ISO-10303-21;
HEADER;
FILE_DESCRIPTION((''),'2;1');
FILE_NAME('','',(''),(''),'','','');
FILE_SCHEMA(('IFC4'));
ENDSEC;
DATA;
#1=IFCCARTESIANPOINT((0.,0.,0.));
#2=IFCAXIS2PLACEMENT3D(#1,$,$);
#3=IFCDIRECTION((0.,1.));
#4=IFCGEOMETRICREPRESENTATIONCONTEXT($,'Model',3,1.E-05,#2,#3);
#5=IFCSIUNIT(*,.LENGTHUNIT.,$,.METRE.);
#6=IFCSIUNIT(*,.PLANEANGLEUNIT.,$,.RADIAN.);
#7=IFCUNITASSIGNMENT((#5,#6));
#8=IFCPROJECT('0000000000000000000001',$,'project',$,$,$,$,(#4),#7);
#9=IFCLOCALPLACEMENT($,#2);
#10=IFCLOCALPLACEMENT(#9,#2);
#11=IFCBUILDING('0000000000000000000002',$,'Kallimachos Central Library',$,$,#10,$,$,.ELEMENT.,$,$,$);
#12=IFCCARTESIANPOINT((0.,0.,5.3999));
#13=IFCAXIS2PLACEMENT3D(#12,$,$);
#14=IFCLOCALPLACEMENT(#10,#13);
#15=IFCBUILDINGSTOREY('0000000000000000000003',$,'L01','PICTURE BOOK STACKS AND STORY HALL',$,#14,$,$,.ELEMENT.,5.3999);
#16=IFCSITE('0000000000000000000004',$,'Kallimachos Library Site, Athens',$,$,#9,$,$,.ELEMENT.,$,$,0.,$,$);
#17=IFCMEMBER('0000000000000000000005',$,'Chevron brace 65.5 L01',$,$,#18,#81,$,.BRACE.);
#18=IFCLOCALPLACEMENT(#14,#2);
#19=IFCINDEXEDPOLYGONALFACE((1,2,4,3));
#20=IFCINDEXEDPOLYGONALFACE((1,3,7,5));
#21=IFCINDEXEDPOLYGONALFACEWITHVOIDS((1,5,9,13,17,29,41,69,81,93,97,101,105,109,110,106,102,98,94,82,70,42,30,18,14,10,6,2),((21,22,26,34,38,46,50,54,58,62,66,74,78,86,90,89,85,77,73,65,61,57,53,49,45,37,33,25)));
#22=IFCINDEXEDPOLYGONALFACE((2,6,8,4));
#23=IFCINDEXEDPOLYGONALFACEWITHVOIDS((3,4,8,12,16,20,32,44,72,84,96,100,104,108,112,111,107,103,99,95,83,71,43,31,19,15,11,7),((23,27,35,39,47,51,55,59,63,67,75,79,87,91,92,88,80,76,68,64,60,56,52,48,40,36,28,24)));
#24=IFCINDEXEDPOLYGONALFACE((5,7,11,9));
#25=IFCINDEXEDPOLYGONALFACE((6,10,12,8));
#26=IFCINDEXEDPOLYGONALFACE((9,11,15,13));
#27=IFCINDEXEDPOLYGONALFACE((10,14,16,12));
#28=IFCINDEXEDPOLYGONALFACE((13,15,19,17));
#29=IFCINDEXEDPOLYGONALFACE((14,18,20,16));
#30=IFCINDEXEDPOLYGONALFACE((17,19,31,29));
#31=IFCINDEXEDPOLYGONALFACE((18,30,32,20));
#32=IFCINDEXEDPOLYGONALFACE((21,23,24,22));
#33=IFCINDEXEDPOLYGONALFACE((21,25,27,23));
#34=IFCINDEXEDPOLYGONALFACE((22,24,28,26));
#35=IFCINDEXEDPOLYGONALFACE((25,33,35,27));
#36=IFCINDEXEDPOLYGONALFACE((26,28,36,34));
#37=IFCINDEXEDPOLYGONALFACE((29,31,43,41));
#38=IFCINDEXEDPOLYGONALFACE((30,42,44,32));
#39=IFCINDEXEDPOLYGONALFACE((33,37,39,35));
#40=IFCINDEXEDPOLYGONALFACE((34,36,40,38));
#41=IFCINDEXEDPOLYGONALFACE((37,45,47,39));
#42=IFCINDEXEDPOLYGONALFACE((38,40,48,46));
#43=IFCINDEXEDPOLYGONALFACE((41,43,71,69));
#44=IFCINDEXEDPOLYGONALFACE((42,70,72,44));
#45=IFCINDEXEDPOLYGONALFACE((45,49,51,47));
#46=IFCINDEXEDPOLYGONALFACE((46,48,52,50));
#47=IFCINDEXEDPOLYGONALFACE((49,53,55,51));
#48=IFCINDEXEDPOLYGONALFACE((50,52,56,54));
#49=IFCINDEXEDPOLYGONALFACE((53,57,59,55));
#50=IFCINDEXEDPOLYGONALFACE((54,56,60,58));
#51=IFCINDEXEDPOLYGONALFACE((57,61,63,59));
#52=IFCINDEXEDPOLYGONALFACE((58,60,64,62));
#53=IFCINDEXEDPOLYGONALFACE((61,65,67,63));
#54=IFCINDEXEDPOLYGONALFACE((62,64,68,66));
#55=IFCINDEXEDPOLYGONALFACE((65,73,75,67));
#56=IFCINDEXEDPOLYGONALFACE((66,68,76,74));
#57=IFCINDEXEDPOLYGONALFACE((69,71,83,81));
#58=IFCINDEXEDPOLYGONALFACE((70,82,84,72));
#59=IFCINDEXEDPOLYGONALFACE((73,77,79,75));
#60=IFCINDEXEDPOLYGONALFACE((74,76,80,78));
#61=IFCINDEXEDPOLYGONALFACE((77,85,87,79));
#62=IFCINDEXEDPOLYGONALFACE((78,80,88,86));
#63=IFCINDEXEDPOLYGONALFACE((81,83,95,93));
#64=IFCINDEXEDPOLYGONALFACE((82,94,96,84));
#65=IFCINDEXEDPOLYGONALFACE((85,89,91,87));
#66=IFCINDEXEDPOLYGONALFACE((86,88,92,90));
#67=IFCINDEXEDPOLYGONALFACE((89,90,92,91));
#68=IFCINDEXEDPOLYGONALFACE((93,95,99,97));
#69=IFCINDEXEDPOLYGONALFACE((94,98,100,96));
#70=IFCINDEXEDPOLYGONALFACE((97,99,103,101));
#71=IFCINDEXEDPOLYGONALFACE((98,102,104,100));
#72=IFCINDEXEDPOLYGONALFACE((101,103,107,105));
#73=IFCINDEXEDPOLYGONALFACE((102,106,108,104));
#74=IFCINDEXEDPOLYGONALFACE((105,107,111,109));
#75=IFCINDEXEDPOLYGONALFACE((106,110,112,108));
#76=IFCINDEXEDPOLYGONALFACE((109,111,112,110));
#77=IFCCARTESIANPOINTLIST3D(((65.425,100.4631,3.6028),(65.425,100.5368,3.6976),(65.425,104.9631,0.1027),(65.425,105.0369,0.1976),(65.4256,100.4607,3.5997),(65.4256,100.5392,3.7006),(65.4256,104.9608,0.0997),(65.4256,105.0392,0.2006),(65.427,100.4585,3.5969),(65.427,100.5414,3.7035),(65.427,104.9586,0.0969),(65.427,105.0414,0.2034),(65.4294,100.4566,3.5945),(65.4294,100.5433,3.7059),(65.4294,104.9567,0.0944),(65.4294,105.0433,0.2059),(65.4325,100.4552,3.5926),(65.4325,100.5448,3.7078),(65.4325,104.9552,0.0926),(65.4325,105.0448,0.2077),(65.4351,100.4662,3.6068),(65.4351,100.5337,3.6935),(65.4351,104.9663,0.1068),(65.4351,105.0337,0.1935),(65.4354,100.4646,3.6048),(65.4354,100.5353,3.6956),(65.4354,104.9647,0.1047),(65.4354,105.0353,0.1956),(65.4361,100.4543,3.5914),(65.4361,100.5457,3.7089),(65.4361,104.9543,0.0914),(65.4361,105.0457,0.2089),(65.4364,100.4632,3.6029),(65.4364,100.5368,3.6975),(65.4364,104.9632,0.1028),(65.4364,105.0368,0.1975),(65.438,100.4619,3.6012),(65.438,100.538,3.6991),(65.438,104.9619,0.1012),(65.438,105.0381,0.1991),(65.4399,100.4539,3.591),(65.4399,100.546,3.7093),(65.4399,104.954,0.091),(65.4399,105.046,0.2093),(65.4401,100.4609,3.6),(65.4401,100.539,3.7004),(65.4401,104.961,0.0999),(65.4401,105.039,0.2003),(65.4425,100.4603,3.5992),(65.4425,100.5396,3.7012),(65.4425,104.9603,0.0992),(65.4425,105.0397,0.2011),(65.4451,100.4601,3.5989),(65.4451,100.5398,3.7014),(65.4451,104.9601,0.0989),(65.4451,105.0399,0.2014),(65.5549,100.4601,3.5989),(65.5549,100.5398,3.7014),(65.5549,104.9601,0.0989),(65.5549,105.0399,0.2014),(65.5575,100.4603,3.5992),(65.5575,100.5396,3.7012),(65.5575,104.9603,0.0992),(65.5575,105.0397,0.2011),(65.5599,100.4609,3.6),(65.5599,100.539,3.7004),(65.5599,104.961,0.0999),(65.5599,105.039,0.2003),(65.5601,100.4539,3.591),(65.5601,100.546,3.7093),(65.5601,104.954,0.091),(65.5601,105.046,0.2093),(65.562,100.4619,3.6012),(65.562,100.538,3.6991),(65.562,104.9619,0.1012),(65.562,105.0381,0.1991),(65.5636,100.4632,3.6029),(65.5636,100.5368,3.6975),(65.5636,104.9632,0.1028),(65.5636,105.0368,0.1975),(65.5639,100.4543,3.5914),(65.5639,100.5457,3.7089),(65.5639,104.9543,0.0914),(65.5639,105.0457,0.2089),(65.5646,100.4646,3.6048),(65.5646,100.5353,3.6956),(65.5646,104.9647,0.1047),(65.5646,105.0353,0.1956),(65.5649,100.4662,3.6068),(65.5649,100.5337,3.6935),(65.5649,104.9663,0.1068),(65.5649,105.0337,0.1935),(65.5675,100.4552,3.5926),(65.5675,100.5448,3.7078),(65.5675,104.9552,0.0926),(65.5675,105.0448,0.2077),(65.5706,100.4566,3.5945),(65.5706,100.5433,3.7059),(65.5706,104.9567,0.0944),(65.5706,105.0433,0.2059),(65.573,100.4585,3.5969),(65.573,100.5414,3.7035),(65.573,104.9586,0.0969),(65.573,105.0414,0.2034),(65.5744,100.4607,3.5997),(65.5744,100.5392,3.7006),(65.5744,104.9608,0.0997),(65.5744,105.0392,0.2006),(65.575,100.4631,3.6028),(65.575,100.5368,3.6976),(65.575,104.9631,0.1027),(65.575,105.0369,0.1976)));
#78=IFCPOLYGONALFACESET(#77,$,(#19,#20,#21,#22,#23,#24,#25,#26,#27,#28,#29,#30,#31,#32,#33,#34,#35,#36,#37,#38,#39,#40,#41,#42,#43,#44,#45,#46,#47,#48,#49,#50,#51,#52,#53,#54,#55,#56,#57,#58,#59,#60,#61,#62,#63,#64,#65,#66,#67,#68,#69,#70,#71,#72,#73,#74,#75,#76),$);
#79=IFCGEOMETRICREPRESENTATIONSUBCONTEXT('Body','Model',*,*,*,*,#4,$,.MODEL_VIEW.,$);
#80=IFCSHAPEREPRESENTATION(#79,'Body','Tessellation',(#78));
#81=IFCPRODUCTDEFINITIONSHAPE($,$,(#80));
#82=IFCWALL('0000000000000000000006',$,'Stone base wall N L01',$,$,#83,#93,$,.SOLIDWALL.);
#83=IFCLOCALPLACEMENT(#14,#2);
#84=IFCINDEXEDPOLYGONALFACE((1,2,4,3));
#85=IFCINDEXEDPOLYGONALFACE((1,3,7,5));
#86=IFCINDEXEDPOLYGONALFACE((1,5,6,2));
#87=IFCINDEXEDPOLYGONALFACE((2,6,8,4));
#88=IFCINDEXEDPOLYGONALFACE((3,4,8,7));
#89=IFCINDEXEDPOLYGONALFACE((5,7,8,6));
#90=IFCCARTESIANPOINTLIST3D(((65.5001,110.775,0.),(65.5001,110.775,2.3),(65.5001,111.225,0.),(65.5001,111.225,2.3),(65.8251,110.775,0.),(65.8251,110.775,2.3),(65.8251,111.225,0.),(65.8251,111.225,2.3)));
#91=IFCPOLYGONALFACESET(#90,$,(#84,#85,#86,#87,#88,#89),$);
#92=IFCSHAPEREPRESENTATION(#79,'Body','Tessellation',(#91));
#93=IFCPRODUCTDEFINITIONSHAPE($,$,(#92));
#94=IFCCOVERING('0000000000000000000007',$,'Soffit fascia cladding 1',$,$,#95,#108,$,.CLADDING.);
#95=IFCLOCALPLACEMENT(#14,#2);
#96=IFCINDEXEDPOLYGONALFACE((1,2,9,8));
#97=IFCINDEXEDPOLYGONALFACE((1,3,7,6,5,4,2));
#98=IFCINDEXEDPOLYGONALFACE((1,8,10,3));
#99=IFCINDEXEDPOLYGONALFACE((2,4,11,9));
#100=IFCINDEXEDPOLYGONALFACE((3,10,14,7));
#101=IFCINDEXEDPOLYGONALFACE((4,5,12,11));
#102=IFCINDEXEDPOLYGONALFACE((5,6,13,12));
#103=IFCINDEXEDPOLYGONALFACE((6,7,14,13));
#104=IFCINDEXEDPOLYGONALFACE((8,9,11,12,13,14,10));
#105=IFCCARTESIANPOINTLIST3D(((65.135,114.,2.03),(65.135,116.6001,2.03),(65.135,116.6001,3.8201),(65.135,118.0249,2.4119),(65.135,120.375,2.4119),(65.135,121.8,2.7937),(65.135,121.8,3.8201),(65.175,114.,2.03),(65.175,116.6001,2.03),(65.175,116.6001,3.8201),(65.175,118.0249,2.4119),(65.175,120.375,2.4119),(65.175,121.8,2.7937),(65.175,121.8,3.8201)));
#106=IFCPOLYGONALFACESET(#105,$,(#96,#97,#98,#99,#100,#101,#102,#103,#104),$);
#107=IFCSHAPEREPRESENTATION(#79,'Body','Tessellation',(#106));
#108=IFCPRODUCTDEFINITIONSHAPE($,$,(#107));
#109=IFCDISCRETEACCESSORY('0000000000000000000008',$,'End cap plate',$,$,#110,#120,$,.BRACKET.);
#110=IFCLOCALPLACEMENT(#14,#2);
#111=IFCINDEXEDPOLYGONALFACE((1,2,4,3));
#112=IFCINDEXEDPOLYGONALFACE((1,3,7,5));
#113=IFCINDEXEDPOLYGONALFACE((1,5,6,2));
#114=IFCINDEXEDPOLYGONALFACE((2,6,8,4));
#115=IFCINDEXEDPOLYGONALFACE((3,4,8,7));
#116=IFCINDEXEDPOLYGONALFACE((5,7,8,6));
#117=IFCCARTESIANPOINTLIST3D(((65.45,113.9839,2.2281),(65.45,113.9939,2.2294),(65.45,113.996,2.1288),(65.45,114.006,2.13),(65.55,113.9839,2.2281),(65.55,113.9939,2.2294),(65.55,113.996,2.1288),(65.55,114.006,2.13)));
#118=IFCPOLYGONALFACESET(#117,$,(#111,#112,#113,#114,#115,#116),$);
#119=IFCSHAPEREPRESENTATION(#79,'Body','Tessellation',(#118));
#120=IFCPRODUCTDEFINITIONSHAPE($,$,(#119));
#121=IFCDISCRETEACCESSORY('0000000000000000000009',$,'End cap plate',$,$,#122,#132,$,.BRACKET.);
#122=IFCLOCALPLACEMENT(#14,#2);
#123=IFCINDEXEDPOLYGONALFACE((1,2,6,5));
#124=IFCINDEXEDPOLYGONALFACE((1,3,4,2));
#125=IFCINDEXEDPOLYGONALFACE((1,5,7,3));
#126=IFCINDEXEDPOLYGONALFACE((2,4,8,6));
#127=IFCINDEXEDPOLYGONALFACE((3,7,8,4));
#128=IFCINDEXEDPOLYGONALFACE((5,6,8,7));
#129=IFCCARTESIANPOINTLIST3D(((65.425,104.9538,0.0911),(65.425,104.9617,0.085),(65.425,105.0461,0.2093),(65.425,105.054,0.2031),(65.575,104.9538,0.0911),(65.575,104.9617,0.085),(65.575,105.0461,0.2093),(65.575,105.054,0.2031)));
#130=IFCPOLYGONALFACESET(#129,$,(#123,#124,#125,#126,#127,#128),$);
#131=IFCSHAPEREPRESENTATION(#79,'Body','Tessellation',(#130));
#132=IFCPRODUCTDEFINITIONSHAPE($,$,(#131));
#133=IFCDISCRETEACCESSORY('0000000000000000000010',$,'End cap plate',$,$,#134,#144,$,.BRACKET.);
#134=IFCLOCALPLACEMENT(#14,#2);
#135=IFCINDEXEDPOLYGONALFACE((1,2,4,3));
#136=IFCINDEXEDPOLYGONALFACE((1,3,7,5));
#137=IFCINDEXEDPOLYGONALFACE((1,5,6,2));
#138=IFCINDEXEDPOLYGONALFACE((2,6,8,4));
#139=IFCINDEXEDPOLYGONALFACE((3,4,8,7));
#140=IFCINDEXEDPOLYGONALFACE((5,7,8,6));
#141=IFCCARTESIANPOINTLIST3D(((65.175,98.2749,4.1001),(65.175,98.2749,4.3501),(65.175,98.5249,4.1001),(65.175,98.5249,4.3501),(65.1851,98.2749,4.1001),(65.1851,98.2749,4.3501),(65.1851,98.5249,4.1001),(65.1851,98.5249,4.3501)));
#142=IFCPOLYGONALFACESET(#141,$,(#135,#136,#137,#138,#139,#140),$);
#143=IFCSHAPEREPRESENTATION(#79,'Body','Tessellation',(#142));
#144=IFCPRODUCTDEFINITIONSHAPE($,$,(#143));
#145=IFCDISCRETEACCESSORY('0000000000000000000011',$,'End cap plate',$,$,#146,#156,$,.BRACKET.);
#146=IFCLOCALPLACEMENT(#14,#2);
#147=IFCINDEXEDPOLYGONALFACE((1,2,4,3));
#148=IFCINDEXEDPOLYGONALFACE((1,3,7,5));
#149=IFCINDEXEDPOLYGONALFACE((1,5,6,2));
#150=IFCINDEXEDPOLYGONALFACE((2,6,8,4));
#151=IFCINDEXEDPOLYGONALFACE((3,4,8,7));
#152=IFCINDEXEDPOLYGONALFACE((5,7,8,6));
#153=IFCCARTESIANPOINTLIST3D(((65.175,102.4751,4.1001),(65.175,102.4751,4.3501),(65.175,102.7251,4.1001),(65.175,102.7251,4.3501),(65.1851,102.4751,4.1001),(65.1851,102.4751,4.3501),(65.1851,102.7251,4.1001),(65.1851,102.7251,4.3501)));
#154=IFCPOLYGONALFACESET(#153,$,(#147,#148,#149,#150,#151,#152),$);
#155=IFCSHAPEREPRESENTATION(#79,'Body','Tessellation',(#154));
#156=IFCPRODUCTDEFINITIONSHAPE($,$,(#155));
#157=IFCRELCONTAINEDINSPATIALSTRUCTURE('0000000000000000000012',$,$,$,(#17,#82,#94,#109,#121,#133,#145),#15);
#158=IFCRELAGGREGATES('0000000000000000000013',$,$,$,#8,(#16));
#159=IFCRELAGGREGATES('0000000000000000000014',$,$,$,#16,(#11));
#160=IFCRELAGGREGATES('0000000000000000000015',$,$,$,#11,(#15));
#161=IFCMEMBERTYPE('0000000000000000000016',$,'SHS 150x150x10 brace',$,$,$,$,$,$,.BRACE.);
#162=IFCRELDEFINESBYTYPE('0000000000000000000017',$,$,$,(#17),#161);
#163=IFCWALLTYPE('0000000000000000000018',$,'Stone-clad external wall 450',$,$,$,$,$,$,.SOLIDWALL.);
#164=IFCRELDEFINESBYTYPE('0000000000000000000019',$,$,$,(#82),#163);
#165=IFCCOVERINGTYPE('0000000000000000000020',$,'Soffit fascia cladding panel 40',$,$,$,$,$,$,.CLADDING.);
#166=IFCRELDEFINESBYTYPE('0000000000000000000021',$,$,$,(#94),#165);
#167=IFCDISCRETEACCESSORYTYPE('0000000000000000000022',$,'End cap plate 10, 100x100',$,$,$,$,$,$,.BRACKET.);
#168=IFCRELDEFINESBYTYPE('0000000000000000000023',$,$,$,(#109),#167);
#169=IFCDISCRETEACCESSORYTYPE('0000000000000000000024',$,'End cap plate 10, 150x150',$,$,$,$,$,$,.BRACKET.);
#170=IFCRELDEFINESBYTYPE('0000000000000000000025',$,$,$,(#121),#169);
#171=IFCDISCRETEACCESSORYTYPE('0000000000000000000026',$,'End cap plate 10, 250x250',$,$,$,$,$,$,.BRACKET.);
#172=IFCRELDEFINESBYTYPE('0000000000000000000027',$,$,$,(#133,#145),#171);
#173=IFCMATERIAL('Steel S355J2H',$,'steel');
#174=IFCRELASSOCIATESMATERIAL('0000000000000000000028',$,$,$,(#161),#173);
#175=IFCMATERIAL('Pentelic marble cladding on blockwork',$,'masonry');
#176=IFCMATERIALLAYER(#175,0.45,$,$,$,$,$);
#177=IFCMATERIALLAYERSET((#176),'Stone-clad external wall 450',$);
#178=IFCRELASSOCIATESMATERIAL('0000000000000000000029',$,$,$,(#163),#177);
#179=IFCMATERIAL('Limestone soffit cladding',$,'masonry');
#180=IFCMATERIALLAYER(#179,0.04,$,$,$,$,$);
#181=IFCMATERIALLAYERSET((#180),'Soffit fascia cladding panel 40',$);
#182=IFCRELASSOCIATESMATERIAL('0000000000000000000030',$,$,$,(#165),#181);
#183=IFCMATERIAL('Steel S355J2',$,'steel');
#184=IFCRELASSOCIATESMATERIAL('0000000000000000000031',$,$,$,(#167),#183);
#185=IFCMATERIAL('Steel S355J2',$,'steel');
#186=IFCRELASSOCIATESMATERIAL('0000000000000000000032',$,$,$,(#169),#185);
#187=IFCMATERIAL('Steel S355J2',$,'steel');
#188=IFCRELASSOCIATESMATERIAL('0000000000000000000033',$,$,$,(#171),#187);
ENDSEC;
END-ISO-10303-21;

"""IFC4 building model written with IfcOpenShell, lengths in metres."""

from ifc_helpers import new_model, si_unit, direction, frame, frame_2d, origin, origin_2d, place, context, subcontext, project, spatial, polyline, rectangle, hollow_rectangle, outline, extrude, material, layer, layer_set, material_profile, profile_set, type_object, element, save


model = new_model("IFC4")

# Units and contexts
model_context = context("Model", 3, precision=1e-05, world=origin(), true_north=direction((0.0, 1.0)))
body_context = subcontext(model_context, "Body", "Model", "MODEL_VIEW")
ifc_project = project(units=[si_unit("LENGTHUNIT", "METRE"), si_unit("PLANEANGLEUNIT", "RADIAN")], contexts=[model_context])

# Site, building, storey
site_placement = place(None, origin())
site = spatial("IfcSite", under=ifc_project, at=site_placement, Name="Kallimachos Library Site, Athens", CompositionType="ELEMENT", RefElevation=0.0)
building_placement = place(site_placement, origin())
building = spatial("IfcBuilding", under=site, at=building_placement, Name="Kallimachos Central Library", CompositionType="ELEMENT")
storey_placement = place(building_placement, frame((0.0, 0.0, 5.3999)))
storey = spatial("IfcBuildingStorey", under=building, at=storey_placement, Name="L01", Description="PICTURE BOOK STACKS AND STORY HALL", CompositionType="ELEMENT", Elevation=5.3999)

# Member
ifc_material_1 = material(Name="Steel S355J2H", Category="steel")
ifc_material_profile_1 = material_profile(ifc_material_1, hollow_rectangle(XDim=0.1499, YDim=0.1499, WallThickness=0.01, InnerFilletRadius=0.01, OuterFilletRadius=0.0149, at=origin_2d()), Name="SHS 150x150x10")
ifc_profile_set_1 = profile_set([ifc_material_profile_1], Name="Steel S355J2H")
member_type = type_object("IfcMemberType", Name="SHS 150x150x10 brace", PredefinedType="BRACE", material=ifc_profile_set_1)
member_placement = place(storey_placement, frame((65.5, 105.0, 0.1501), z_axis=(0.0, -0.789352, 0.613941), x_axis=(1.0, 0.0, 0.0)))
element("IfcMember", 1, at=member_placement, inside=storey, type_object=member_type, Name="Chevron brace 65.5 L01", PredefinedType="BRACE", context=body_context, shape_type="SweptSolid", body=[
    extrude(hollow_rectangle(XDim=0.1499, YDim=0.1499, WallThickness=0.01, InnerFilletRadius=0.01, OuterFilletRadius=0.0149, at=origin_2d()), origin(), (0.0, 0.0, 1.0), 5.7009),
])

# Wall
ifc_material_2 = material(Name="Pentelic marble cladding on blockwork", Category="masonry")
ifc_layer_1 = layer(ifc_material_2, 0.45)
ifc_layer_set_1 = layer_set([ifc_layer_1], Name="Stone-clad external wall 450")
wall_type = type_object("IfcWallType", Name="Stone-clad external wall 450", PredefinedType="SOLIDWALL", material=ifc_layer_set_1)
wall_placement = place(storey_placement, frame((65.5, 111.0, 0.0), z_axis=(0.0, 0.0, 1.0), x_axis=(1.0, 0.0, 0.0)))
element("IfcWall", 2, at=wall_placement, inside=storey, type_object=wall_type, Name="Stone base wall N L01", PredefinedType="SOLIDWALL", context=body_context, shape_type="SweptSolid", body=[
    extrude(rectangle(XDim=0.325, YDim=0.45, at=frame_2d((0.1626, 0.0))), origin(), (0.0, 0.0, 1.0), 2.3),
])

# Covering
ifc_material_3 = material(Name="Limestone soffit cladding", Category="masonry")
ifc_layer_2 = layer(ifc_material_3, 0.04)
ifc_layer_set_2 = layer_set([ifc_layer_2], Name="Soffit fascia cladding panel 40")
covering_type = type_object("IfcCoveringType", Name="Soffit fascia cladding panel 40", PredefinedType="CLADDING", material=ifc_layer_set_2)
covering_placement = place(storey_placement, frame((65.135, 121.8, 3.8201), z_axis=(-1.0, 0.0, 0.0), x_axis=(0.0, 0.0, -1.0)))
element("IfcCovering", 3, at=covering_placement, inside=storey, type_object=covering_type, Name="Soffit fascia cladding 1", PredefinedType="CLADDING", context=body_context, shape_type="SweptSolid", body=[
    extrude(outline(polyline([(0.0, 0.0), (1.0264, 0.0), (1.4082, 1.425), (1.4082, 3.7751), (1.79, 5.2), (1.79, 7.8), (0.0, 5.2), (0.0, 0.0), (0.0, 0.0)])), origin(), (0.0, 0.0, -1.0), 0.04),
])

# Discrete accessories
ifc_material_4 = material(Name="Steel S355J2", Category="steel")
ifc_material_profile_2 = material_profile(ifc_material_4, rectangle(XDim=0.1001, YDim=0.1001, at=origin_2d()), Name="End cap plate 10, 100x100")
ifc_profile_set_2 = profile_set([ifc_material_profile_2], Name="Steel S355J2")
discrete_accessory_type_1 = type_object("IfcDiscreteAccessoryType", Name="End cap plate 10, 100x100", PredefinedType="BRACKET", material=ifc_profile_set_2)
discrete_accessory_1_placement = place(storey_placement, frame((65.5, 113.99, 2.1785), z_axis=(0.0, 0.992646, 0.121054), x_axis=(-1.0, 0.0, 0.0)))
element("IfcDiscreteAccessory", 4, at=discrete_accessory_1_placement, inside=storey, type_object=discrete_accessory_type_1, Name="End cap plate", PredefinedType="BRACKET", context=body_context, shape_type="SweptSolid", body=[
    extrude(rectangle(XDim=0.1001, YDim=0.1001, at=origin_2d()), origin(), (0.0, 0.0, 1.0), 0.01),
])
ifc_material_5 = material(Name="Steel S355J2", Category="steel")
ifc_material_profile_3 = material_profile(ifc_material_5, rectangle(XDim=0.1499, YDim=0.1499, at=origin_2d()), Name="End cap plate 10, 150x150")
ifc_profile_set_3 = profile_set([ifc_material_profile_3], Name="Steel S355J2")
discrete_accessory_type_2 = type_object("IfcDiscreteAccessoryType", Name="End cap plate 10, 150x150", PredefinedType="BRACKET", material=ifc_profile_set_3)
discrete_accessory_2_placement = place(storey_placement, frame((65.5, 105.0078, 0.144), z_axis=(0.0, -0.788024, 0.615644), x_axis=(1.0, 0.0, 0.0)))
element("IfcDiscreteAccessory", 5, at=discrete_accessory_2_placement, inside=storey, type_object=discrete_accessory_type_2, Name="End cap plate", PredefinedType="BRACKET", context=body_context, shape_type="SweptSolid", body=[
    extrude(rectangle(XDim=0.1499, YDim=0.1499, at=origin_2d()), origin(), (0.0, 0.0, 1.0), 0.01),
])
ifc_material_6 = material(Name="Steel S355J2", Category="steel")
ifc_material_profile_4 = material_profile(ifc_material_6, rectangle(XDim=0.25, YDim=0.25, at=origin_2d()), Name="End cap plate 10, 250x250")
ifc_profile_set_4 = profile_set([ifc_material_profile_4], Name="Steel S355J2")
discrete_accessory_type_3 = type_object("IfcDiscreteAccessoryType", Name="End cap plate 10, 250x250", PredefinedType="BRACKET", material=ifc_profile_set_4)
for number, where, z_axis, x_axis, name in (
    (6, (65.175, 98.3999, 4.2251), (1.0, 0.0, 0.0), (0.0, 1.0, 0.0), "End cap plate"),
    (7, (65.175, 102.6001, 4.2251), (1.0, 0.0, 0.0), (0.0, 1.0, 0.0), "End cap plate"),
):
    element("IfcDiscreteAccessory", number, at=place(storey_placement, frame(where, z_axis=z_axis, x_axis=x_axis)), inside=storey, type_object=discrete_accessory_type_3, Name=name, PredefinedType="BRACKET", context=body_context, shape_type="SweptSolid", body=[
        extrude(rectangle(XDim=0.25, YDim=0.25, at=origin_2d()), origin(), (0.0, 0.0, 1.0), 0.01),
    ])

save(model, "model.ifc")
